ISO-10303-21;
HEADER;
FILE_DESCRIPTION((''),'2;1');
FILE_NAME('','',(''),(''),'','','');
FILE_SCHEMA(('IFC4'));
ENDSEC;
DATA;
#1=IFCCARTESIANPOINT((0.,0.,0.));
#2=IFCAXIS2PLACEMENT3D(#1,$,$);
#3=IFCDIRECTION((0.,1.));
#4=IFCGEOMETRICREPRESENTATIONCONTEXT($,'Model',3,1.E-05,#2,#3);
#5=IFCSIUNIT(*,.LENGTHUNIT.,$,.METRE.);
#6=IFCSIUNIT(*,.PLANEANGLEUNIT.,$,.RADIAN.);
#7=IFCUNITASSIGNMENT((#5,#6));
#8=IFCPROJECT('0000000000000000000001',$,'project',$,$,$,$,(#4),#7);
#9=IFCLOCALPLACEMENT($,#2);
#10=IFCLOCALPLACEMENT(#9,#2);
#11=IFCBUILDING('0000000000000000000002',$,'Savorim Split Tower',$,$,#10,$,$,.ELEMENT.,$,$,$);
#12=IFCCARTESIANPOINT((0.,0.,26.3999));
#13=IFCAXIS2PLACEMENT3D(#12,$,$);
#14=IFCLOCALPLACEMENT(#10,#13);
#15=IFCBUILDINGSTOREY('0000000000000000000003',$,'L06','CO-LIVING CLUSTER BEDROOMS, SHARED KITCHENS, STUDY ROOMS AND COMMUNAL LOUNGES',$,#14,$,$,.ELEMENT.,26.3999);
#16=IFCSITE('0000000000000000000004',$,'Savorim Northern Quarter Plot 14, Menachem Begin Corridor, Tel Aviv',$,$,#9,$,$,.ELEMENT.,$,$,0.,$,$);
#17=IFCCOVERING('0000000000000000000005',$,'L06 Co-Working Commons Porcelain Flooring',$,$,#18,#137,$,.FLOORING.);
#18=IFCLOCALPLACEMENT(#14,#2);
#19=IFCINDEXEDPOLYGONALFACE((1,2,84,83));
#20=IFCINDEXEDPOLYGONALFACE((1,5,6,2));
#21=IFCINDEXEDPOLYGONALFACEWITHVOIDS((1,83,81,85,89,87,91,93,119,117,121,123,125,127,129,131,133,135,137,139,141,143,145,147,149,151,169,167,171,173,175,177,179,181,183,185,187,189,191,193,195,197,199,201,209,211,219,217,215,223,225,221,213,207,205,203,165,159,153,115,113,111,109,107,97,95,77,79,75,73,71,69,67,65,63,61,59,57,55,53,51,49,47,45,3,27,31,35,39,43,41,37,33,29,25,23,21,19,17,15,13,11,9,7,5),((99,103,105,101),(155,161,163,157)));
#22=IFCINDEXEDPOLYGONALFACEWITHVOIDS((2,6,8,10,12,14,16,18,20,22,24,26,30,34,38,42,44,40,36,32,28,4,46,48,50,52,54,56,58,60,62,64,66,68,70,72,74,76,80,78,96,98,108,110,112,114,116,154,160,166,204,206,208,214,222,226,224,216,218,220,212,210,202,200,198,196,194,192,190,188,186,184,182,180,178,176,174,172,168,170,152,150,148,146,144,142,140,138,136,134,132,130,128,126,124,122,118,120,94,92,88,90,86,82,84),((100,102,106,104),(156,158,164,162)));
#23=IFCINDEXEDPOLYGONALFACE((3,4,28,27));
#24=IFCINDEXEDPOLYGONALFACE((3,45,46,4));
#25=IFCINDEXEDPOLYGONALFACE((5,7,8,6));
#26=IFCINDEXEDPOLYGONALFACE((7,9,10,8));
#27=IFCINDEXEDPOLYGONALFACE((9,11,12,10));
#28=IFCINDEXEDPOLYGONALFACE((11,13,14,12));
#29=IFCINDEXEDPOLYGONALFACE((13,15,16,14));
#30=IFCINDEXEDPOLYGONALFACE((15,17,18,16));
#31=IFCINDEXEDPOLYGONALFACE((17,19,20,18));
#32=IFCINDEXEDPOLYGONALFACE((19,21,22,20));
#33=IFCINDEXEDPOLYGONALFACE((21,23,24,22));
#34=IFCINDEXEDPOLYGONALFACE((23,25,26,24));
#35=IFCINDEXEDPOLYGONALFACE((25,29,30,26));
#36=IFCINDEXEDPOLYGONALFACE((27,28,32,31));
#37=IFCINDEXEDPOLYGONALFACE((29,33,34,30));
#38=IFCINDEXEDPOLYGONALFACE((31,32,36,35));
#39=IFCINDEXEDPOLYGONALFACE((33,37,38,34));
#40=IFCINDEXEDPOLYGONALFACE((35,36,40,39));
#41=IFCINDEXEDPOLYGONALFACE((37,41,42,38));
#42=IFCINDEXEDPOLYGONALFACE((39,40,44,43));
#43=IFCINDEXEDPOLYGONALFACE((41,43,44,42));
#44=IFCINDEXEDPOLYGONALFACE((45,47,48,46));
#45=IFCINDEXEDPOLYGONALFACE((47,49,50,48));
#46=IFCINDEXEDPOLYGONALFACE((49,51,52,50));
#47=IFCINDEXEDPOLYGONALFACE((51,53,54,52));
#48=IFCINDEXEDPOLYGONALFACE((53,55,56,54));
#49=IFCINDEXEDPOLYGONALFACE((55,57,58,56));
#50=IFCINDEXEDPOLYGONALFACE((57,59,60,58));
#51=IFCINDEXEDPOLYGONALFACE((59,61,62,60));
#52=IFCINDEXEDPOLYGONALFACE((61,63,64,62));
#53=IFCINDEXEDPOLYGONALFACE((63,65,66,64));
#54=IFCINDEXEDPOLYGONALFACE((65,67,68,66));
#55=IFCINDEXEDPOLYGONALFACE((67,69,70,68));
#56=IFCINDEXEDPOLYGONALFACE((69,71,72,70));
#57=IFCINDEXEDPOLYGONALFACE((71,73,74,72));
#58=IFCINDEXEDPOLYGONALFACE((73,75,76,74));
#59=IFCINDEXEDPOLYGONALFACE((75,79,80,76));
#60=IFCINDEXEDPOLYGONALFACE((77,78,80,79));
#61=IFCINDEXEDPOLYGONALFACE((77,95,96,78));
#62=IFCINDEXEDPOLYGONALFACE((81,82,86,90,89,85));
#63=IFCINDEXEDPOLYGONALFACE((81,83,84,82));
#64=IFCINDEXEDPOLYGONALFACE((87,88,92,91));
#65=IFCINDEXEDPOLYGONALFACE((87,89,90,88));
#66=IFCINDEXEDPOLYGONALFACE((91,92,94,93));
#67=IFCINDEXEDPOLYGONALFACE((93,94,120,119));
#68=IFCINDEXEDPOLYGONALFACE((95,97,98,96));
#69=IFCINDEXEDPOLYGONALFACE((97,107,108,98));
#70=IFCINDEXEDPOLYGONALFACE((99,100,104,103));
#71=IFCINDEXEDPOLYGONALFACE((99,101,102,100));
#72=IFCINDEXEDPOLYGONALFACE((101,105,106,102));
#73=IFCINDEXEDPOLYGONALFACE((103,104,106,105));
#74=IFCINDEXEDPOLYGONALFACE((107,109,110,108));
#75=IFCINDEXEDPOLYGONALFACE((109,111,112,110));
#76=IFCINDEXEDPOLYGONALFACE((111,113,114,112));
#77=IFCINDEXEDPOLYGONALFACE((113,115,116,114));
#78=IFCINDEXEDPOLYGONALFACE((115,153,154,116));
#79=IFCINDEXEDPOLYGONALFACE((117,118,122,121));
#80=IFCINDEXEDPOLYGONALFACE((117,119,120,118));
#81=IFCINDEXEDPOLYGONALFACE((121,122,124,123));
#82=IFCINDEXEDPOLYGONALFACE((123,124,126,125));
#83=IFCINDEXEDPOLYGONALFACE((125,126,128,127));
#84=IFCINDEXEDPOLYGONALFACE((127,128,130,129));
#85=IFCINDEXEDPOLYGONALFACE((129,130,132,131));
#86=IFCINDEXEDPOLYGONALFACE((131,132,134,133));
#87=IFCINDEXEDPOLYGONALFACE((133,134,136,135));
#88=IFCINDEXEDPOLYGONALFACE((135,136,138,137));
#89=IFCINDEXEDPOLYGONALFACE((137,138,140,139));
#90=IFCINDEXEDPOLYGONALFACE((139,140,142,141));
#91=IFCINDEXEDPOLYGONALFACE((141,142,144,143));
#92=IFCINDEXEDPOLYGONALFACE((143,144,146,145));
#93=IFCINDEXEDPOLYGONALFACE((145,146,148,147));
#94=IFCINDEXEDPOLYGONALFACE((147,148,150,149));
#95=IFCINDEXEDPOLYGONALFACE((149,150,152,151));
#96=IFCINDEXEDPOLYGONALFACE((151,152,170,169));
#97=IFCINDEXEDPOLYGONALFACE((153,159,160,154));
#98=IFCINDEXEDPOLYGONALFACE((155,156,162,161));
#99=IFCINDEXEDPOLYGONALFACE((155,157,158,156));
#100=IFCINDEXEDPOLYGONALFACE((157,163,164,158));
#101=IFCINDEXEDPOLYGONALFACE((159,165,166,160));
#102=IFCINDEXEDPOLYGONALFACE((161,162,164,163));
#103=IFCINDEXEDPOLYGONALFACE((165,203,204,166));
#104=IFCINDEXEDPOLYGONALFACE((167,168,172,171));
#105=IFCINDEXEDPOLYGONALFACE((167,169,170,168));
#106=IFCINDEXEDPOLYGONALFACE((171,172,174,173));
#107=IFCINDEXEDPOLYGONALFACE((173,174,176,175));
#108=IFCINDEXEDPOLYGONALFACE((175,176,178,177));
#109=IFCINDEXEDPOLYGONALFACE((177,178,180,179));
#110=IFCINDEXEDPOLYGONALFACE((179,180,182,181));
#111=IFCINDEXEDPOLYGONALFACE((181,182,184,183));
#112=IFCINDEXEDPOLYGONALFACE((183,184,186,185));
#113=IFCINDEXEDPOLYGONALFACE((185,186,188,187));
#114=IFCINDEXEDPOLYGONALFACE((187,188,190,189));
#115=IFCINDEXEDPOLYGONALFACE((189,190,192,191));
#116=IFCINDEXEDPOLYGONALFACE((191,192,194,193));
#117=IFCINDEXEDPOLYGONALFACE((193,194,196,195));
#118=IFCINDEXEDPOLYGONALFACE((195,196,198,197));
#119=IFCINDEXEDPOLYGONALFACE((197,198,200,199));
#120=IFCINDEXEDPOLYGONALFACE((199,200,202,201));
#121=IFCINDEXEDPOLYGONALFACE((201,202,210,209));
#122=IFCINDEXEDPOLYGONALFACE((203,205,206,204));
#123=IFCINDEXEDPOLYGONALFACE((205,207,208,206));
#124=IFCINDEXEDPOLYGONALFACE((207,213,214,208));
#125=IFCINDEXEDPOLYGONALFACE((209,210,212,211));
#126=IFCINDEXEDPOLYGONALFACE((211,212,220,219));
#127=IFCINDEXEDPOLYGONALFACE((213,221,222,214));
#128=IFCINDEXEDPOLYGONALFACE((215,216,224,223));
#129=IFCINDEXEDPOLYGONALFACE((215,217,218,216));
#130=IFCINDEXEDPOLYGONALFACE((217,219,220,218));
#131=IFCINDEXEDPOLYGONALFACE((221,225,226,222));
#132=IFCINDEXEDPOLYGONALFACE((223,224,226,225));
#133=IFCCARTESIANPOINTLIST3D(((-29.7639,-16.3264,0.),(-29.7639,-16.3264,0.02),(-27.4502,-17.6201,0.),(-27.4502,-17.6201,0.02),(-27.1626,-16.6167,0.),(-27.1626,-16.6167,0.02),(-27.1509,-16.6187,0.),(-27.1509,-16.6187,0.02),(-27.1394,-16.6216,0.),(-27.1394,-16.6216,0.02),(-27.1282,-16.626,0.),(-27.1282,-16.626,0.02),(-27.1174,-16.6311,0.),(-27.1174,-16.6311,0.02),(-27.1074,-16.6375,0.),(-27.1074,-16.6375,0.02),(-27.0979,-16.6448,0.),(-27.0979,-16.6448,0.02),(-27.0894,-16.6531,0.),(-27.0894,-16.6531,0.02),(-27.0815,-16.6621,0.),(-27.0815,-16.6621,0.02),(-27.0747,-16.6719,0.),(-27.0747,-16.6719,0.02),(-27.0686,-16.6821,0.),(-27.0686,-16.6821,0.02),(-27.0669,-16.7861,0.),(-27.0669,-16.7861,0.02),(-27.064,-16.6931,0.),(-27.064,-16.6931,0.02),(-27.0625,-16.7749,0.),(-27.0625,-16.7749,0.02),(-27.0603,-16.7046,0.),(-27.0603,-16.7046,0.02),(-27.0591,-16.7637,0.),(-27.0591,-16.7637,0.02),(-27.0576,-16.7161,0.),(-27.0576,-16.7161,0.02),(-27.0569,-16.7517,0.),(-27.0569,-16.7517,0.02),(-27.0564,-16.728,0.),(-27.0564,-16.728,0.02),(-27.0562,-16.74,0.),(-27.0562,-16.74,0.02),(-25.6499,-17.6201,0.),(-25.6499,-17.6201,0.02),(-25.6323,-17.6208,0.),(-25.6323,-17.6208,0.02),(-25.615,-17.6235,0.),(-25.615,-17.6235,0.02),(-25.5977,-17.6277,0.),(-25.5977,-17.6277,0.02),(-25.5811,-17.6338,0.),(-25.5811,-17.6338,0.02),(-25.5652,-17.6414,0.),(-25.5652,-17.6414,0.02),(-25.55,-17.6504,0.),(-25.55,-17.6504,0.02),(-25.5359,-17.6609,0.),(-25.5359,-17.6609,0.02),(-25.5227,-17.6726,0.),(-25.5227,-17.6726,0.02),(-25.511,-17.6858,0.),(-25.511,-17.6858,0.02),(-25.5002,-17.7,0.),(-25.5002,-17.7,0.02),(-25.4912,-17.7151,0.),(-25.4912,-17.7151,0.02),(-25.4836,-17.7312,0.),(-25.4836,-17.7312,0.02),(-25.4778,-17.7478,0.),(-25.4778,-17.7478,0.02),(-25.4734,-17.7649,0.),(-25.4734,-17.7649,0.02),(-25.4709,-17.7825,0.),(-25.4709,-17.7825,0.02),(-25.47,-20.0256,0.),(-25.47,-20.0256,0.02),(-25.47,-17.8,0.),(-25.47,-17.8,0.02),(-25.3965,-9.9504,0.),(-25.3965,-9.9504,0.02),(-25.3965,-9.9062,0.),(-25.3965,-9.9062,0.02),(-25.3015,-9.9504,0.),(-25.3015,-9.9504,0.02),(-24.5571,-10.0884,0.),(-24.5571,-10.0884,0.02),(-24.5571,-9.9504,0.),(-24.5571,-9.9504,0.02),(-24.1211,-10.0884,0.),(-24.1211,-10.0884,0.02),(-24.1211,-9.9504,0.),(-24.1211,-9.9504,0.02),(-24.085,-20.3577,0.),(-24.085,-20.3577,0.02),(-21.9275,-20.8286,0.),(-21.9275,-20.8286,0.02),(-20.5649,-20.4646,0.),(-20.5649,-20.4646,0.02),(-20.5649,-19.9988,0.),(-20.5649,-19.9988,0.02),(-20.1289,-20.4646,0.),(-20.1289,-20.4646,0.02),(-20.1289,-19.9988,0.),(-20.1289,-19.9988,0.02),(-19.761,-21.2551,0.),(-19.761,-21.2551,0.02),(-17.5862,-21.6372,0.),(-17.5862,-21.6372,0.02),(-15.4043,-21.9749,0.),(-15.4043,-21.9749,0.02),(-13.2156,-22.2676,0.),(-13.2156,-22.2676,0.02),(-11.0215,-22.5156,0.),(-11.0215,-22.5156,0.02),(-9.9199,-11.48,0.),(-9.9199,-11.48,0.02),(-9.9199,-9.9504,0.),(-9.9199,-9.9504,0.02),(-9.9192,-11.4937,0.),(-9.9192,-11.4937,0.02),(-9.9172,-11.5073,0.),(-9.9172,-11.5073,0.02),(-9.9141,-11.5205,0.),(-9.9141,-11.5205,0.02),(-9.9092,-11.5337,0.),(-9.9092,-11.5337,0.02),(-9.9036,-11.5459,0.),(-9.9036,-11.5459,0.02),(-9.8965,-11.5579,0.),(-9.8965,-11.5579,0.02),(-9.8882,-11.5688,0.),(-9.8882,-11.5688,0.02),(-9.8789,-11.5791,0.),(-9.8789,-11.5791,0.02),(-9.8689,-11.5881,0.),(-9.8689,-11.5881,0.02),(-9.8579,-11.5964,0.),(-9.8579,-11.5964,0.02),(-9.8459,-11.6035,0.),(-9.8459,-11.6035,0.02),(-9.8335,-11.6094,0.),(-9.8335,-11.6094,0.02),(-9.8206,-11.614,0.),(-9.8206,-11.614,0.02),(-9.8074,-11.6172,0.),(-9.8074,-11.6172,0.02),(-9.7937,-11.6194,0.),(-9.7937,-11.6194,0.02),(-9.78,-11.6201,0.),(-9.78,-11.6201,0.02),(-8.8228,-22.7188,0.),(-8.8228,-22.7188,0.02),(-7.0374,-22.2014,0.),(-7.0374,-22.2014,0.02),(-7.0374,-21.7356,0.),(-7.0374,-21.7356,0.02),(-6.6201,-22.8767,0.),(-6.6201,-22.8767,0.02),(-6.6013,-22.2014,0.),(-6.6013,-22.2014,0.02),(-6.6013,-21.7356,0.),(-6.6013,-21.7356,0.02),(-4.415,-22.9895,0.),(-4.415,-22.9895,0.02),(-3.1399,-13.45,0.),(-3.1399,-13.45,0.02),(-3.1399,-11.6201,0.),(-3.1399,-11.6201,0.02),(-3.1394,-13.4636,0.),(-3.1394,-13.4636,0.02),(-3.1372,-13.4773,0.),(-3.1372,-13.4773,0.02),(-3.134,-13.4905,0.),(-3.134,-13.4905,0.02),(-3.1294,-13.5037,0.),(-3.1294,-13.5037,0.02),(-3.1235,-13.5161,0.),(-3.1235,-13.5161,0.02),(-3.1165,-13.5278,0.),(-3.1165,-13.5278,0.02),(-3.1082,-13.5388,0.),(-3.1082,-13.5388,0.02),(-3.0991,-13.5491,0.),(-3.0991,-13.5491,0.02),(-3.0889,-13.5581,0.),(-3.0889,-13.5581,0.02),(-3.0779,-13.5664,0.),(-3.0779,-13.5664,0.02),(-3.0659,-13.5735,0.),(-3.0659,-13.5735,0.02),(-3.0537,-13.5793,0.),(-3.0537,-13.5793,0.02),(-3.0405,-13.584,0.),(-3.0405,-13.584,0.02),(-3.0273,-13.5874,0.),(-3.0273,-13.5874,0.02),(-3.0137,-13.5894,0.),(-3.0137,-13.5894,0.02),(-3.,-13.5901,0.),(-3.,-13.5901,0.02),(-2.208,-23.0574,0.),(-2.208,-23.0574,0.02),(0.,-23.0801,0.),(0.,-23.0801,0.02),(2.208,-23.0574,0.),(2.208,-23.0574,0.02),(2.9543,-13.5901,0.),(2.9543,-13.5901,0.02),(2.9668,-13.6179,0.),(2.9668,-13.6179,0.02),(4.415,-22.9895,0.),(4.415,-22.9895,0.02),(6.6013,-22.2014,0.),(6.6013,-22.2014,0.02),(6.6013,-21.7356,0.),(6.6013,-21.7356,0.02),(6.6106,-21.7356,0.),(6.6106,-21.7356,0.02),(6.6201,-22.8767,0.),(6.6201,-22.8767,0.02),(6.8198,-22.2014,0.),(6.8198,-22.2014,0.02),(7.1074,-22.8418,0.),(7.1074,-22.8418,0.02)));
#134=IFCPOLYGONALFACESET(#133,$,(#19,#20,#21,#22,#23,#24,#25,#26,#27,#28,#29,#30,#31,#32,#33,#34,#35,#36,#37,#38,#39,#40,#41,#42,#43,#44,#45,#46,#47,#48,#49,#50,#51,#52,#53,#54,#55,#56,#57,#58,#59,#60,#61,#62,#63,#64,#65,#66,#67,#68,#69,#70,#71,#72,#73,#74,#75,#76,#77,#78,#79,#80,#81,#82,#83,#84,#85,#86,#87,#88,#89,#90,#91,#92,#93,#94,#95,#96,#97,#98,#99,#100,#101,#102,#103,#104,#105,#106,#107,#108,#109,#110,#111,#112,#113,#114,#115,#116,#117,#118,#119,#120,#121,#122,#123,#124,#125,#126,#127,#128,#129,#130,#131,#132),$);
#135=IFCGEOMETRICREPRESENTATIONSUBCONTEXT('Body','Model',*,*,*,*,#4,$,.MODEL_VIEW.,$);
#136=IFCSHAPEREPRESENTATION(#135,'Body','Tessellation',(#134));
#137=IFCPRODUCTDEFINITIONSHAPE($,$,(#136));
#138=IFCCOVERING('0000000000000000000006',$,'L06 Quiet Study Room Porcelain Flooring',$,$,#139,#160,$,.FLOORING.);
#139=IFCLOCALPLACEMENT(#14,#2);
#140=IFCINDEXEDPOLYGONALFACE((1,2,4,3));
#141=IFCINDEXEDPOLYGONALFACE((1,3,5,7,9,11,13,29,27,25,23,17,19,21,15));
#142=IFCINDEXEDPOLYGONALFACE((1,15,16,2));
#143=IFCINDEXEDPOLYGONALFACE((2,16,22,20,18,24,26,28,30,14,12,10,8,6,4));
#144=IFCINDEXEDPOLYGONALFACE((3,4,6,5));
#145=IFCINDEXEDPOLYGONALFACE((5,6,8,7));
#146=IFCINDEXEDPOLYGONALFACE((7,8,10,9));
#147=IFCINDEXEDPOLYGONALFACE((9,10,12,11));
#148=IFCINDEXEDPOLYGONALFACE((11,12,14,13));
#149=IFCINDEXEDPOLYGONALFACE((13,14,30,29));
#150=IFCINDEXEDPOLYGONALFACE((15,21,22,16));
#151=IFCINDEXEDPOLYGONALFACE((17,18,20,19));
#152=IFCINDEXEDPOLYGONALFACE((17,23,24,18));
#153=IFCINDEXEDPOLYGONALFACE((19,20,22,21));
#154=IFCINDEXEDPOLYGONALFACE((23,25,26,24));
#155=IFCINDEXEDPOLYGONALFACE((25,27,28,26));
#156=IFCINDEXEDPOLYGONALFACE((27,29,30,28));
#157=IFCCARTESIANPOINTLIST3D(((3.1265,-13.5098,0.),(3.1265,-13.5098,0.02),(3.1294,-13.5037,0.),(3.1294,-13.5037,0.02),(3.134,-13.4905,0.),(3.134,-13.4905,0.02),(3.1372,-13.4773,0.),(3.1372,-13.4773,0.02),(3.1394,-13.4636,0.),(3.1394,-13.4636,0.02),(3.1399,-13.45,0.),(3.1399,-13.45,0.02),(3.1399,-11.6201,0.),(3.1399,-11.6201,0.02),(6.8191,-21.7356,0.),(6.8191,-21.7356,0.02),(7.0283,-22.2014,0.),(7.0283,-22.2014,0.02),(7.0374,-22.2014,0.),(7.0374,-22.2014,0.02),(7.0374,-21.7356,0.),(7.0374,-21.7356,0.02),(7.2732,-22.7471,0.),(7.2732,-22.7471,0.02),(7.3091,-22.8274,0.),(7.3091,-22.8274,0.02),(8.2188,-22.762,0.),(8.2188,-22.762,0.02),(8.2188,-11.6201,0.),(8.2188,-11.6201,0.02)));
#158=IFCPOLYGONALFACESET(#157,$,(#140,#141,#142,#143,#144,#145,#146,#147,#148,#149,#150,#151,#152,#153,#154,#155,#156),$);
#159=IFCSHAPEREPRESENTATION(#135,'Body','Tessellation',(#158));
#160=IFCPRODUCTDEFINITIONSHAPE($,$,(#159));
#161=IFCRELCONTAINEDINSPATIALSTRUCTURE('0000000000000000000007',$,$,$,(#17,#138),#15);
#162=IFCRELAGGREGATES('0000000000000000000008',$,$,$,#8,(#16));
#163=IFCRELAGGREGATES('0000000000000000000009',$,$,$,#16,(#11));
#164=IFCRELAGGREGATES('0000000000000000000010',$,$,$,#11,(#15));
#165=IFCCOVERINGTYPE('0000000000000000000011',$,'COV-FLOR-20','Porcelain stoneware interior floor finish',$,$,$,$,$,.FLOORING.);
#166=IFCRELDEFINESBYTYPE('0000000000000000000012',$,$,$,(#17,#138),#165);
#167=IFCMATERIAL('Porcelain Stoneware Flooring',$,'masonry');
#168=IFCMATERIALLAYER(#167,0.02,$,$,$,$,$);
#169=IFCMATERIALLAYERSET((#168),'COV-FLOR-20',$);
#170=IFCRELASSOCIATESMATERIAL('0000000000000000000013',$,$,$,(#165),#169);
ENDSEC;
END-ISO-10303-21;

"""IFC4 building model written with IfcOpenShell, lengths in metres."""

from ifc_helpers import new_model, si_unit, direction, frame, origin, place, context, subcontext, project, spatial, polyline, outline, extrude, material, layer, layer_set, type_object, element, save


model = new_model("IFC4")

# Units and contexts
model_context = context("Model", 3, precision=1e-05, world=origin(), true_north=direction((0.0, 1.0)))
body_context = subcontext(model_context, "Body", "Model", "MODEL_VIEW")
ifc_project = project(units=[si_unit("LENGTHUNIT", "METRE"), si_unit("PLANEANGLEUNIT", "RADIAN")], contexts=[model_context])

# Site, building, storey
site_placement = place(None, origin())
site = spatial("IfcSite", under=ifc_project, at=site_placement, Name="Savorim Northern Quarter Plot 14, Menachem Begin Corridor, Tel Aviv", CompositionType="ELEMENT", RefElevation=0.0)
building_placement = place(site_placement, origin())
building = spatial("IfcBuilding", under=site, at=building_placement, Name="Savorim Split Tower", CompositionType="ELEMENT")
storey_placement = place(building_placement, frame((0.0, 0.0, 26.3999)))
storey = spatial("IfcBuildingStorey", under=building, at=storey_placement, Name="L06", Description="CO-LIVING CLUSTER BEDROOMS, SHARED KITCHENS, STUDY ROOMS AND COMMUNAL LOUNGES", CompositionType="ELEMENT", Elevation=26.3999)

# Coverings
ifc_material_1 = material(Name="Porcelain Stoneware Flooring", Category="masonry")
ifc_layer_1 = layer(ifc_material_1, 0.02)
ifc_layer_set_1 = layer_set([ifc_layer_1], Name="COV-FLOR-20")
covering_type_1 = type_object("IfcCoveringType", Name="COV-FLOR-20", Description="Porcelain stoneware interior floor finish", PredefinedType="FLOORING", material=ifc_layer_set_1)
covering_1_placement = place(storey_placement, origin())
element("IfcCovering", 1, at=covering_1_placement, inside=storey, type_object=covering_type_1, Name="L06 Co-Working Commons Porcelain Flooring", PredefinedType="FLOORING", context=body_context, shape_type="SweptSolid", body=[
    extrude(outline(polyline([(-27.0562, -16.74), (-27.0569, -16.7517), (-27.0591, -16.7637), (-27.0625, -16.7749), (-27.0669, -16.7861), (-27.4502, -17.6201), (-25.6499, -17.6201), (-25.6323, -17.6208), (-25.615, -17.6235), (-25.5977, -17.6277), (-25.5811, -17.6338), (-25.5652, -17.6414), (-25.55, -17.6504), (-25.5359, -17.6609), (-25.5227, -17.6726), (-25.511, -17.6858), (-25.5002, -17.7), (-25.4912, -17.7151), (-25.4836, -17.7312), (-25.4778, -17.7478), (-25.4734, -17.7649), (-25.4709, -17.7825), (-25.47, -17.8), (-25.47, -20.0256), (-24.085, -20.3577), (-21.9275, -20.8286), (-19.761, -21.2551), (-17.5862, -21.6372), (-15.4043, -21.9749), (-13.2156, -22.2676), (-11.0215, -22.5156), (-8.8228, -22.7188), (-6.6201, -22.8767), (-4.415, -22.9895), (-2.208, -23.0574), (0.0, -23.0801), (2.208, -23.0574), (4.415, -22.9895), (6.6201, -22.8767), (7.1074, -22.8418), (6.8198, -22.2014), (6.6013, -22.2014), (6.6013, -21.7356), (6.6106, -21.7356), (2.9668, -13.6179), (2.9543, -13.5901), (-3.0, -13.5901), (-3.0137, -13.5894), (-3.0273, -13.5874), (-3.0405, -13.584), (-3.0537, -13.5793), (-3.0659, -13.5735), (-3.0779, -13.5664), (-3.0889, -13.5581), (-3.0991, -13.5491), (-3.1082, -13.5388), (-3.1165, -13.5278), (-3.1235, -13.5161), (-3.1294, -13.5037), (-3.134, -13.4905), (-3.1372, -13.4773), (-3.1394, -13.4636), (-3.1399, -13.45), (-3.1399, -11.6201), (-9.78, -11.6201), (-9.7937, -11.6194), (-9.8074, -11.6172), (-9.8206, -11.614), (-9.8335, -11.6094), (-9.8459, -11.6035), (-9.8579, -11.5964), (-9.8689, -11.5881), (-9.8789, -11.5791), (-9.8882, -11.5688), (-9.8965, -11.5579), (-9.9036, -11.5459), (-9.9092, -11.5337), (-9.9141, -11.5205), (-9.9172, -11.5073), (-9.9192, -11.4937), (-9.9199, -11.48), (-9.9199, -9.9504), (-24.1211, -9.9504), (-24.1211, -10.0884), (-24.5571, -10.0884), (-24.5571, -9.9504), (-25.3015, -9.9504), (-25.3965, -9.9504), (-25.3965, -9.9062), (-29.7639, -16.3264), (-27.1626, -16.6167), (-27.1509, -16.6187), (-27.1394, -16.6216), (-27.1282, -16.626), (-27.1174, -16.6311), (-27.1074, -16.6375), (-27.0979, -16.6448), (-27.0894, -16.6531), (-27.0815, -16.6621), (-27.0747, -16.6719), (-27.0686, -16.6821), (-27.064, -16.6931), (-27.0603, -16.7046), (-27.0576, -16.7161), (-27.0564, -16.728), (-27.0562, -16.74)]), holes=[polyline([(-20.5649, -20.4646), (-20.1289, -20.4646), (-20.1289, -19.9988), (-20.5649, -19.9988), (-20.5649, -20.4646)]), polyline([(-7.0374, -22.2014), (-6.6013, -22.2014), (-6.6013, -21.7356), (-7.0374, -21.7356), (-7.0374, -22.2014)])]), origin(), (0.0, 0.0, 1.0), 0.02),
])
covering_2_placement = place(storey_placement, origin())
element("IfcCovering", 2, at=covering_2_placement, inside=storey, type_object=covering_type_1, Name="L06 Quiet Study Room Porcelain Flooring", PredefinedType="FLOORING", context=body_context, shape_type="SweptSolid", body=[
    extrude(outline(polyline([(7.0283, -22.2014), (7.2732, -22.7471), (7.3091, -22.8274), (8.2188, -22.762), (8.2188, -11.6201), (3.1399, -11.6201), (3.1399, -13.45), (3.1394, -13.4636), (3.1372, -13.4773), (3.134, -13.4905), (3.1294, -13.5037), (3.1265, -13.5098), (6.8191, -21.7356), (7.0374, -21.7356), (7.0374, -22.2014), (7.0283, -22.2014)])), origin(), (0.0, 0.0, 1.0), 0.02),
])

save(model, "model.ifc")
